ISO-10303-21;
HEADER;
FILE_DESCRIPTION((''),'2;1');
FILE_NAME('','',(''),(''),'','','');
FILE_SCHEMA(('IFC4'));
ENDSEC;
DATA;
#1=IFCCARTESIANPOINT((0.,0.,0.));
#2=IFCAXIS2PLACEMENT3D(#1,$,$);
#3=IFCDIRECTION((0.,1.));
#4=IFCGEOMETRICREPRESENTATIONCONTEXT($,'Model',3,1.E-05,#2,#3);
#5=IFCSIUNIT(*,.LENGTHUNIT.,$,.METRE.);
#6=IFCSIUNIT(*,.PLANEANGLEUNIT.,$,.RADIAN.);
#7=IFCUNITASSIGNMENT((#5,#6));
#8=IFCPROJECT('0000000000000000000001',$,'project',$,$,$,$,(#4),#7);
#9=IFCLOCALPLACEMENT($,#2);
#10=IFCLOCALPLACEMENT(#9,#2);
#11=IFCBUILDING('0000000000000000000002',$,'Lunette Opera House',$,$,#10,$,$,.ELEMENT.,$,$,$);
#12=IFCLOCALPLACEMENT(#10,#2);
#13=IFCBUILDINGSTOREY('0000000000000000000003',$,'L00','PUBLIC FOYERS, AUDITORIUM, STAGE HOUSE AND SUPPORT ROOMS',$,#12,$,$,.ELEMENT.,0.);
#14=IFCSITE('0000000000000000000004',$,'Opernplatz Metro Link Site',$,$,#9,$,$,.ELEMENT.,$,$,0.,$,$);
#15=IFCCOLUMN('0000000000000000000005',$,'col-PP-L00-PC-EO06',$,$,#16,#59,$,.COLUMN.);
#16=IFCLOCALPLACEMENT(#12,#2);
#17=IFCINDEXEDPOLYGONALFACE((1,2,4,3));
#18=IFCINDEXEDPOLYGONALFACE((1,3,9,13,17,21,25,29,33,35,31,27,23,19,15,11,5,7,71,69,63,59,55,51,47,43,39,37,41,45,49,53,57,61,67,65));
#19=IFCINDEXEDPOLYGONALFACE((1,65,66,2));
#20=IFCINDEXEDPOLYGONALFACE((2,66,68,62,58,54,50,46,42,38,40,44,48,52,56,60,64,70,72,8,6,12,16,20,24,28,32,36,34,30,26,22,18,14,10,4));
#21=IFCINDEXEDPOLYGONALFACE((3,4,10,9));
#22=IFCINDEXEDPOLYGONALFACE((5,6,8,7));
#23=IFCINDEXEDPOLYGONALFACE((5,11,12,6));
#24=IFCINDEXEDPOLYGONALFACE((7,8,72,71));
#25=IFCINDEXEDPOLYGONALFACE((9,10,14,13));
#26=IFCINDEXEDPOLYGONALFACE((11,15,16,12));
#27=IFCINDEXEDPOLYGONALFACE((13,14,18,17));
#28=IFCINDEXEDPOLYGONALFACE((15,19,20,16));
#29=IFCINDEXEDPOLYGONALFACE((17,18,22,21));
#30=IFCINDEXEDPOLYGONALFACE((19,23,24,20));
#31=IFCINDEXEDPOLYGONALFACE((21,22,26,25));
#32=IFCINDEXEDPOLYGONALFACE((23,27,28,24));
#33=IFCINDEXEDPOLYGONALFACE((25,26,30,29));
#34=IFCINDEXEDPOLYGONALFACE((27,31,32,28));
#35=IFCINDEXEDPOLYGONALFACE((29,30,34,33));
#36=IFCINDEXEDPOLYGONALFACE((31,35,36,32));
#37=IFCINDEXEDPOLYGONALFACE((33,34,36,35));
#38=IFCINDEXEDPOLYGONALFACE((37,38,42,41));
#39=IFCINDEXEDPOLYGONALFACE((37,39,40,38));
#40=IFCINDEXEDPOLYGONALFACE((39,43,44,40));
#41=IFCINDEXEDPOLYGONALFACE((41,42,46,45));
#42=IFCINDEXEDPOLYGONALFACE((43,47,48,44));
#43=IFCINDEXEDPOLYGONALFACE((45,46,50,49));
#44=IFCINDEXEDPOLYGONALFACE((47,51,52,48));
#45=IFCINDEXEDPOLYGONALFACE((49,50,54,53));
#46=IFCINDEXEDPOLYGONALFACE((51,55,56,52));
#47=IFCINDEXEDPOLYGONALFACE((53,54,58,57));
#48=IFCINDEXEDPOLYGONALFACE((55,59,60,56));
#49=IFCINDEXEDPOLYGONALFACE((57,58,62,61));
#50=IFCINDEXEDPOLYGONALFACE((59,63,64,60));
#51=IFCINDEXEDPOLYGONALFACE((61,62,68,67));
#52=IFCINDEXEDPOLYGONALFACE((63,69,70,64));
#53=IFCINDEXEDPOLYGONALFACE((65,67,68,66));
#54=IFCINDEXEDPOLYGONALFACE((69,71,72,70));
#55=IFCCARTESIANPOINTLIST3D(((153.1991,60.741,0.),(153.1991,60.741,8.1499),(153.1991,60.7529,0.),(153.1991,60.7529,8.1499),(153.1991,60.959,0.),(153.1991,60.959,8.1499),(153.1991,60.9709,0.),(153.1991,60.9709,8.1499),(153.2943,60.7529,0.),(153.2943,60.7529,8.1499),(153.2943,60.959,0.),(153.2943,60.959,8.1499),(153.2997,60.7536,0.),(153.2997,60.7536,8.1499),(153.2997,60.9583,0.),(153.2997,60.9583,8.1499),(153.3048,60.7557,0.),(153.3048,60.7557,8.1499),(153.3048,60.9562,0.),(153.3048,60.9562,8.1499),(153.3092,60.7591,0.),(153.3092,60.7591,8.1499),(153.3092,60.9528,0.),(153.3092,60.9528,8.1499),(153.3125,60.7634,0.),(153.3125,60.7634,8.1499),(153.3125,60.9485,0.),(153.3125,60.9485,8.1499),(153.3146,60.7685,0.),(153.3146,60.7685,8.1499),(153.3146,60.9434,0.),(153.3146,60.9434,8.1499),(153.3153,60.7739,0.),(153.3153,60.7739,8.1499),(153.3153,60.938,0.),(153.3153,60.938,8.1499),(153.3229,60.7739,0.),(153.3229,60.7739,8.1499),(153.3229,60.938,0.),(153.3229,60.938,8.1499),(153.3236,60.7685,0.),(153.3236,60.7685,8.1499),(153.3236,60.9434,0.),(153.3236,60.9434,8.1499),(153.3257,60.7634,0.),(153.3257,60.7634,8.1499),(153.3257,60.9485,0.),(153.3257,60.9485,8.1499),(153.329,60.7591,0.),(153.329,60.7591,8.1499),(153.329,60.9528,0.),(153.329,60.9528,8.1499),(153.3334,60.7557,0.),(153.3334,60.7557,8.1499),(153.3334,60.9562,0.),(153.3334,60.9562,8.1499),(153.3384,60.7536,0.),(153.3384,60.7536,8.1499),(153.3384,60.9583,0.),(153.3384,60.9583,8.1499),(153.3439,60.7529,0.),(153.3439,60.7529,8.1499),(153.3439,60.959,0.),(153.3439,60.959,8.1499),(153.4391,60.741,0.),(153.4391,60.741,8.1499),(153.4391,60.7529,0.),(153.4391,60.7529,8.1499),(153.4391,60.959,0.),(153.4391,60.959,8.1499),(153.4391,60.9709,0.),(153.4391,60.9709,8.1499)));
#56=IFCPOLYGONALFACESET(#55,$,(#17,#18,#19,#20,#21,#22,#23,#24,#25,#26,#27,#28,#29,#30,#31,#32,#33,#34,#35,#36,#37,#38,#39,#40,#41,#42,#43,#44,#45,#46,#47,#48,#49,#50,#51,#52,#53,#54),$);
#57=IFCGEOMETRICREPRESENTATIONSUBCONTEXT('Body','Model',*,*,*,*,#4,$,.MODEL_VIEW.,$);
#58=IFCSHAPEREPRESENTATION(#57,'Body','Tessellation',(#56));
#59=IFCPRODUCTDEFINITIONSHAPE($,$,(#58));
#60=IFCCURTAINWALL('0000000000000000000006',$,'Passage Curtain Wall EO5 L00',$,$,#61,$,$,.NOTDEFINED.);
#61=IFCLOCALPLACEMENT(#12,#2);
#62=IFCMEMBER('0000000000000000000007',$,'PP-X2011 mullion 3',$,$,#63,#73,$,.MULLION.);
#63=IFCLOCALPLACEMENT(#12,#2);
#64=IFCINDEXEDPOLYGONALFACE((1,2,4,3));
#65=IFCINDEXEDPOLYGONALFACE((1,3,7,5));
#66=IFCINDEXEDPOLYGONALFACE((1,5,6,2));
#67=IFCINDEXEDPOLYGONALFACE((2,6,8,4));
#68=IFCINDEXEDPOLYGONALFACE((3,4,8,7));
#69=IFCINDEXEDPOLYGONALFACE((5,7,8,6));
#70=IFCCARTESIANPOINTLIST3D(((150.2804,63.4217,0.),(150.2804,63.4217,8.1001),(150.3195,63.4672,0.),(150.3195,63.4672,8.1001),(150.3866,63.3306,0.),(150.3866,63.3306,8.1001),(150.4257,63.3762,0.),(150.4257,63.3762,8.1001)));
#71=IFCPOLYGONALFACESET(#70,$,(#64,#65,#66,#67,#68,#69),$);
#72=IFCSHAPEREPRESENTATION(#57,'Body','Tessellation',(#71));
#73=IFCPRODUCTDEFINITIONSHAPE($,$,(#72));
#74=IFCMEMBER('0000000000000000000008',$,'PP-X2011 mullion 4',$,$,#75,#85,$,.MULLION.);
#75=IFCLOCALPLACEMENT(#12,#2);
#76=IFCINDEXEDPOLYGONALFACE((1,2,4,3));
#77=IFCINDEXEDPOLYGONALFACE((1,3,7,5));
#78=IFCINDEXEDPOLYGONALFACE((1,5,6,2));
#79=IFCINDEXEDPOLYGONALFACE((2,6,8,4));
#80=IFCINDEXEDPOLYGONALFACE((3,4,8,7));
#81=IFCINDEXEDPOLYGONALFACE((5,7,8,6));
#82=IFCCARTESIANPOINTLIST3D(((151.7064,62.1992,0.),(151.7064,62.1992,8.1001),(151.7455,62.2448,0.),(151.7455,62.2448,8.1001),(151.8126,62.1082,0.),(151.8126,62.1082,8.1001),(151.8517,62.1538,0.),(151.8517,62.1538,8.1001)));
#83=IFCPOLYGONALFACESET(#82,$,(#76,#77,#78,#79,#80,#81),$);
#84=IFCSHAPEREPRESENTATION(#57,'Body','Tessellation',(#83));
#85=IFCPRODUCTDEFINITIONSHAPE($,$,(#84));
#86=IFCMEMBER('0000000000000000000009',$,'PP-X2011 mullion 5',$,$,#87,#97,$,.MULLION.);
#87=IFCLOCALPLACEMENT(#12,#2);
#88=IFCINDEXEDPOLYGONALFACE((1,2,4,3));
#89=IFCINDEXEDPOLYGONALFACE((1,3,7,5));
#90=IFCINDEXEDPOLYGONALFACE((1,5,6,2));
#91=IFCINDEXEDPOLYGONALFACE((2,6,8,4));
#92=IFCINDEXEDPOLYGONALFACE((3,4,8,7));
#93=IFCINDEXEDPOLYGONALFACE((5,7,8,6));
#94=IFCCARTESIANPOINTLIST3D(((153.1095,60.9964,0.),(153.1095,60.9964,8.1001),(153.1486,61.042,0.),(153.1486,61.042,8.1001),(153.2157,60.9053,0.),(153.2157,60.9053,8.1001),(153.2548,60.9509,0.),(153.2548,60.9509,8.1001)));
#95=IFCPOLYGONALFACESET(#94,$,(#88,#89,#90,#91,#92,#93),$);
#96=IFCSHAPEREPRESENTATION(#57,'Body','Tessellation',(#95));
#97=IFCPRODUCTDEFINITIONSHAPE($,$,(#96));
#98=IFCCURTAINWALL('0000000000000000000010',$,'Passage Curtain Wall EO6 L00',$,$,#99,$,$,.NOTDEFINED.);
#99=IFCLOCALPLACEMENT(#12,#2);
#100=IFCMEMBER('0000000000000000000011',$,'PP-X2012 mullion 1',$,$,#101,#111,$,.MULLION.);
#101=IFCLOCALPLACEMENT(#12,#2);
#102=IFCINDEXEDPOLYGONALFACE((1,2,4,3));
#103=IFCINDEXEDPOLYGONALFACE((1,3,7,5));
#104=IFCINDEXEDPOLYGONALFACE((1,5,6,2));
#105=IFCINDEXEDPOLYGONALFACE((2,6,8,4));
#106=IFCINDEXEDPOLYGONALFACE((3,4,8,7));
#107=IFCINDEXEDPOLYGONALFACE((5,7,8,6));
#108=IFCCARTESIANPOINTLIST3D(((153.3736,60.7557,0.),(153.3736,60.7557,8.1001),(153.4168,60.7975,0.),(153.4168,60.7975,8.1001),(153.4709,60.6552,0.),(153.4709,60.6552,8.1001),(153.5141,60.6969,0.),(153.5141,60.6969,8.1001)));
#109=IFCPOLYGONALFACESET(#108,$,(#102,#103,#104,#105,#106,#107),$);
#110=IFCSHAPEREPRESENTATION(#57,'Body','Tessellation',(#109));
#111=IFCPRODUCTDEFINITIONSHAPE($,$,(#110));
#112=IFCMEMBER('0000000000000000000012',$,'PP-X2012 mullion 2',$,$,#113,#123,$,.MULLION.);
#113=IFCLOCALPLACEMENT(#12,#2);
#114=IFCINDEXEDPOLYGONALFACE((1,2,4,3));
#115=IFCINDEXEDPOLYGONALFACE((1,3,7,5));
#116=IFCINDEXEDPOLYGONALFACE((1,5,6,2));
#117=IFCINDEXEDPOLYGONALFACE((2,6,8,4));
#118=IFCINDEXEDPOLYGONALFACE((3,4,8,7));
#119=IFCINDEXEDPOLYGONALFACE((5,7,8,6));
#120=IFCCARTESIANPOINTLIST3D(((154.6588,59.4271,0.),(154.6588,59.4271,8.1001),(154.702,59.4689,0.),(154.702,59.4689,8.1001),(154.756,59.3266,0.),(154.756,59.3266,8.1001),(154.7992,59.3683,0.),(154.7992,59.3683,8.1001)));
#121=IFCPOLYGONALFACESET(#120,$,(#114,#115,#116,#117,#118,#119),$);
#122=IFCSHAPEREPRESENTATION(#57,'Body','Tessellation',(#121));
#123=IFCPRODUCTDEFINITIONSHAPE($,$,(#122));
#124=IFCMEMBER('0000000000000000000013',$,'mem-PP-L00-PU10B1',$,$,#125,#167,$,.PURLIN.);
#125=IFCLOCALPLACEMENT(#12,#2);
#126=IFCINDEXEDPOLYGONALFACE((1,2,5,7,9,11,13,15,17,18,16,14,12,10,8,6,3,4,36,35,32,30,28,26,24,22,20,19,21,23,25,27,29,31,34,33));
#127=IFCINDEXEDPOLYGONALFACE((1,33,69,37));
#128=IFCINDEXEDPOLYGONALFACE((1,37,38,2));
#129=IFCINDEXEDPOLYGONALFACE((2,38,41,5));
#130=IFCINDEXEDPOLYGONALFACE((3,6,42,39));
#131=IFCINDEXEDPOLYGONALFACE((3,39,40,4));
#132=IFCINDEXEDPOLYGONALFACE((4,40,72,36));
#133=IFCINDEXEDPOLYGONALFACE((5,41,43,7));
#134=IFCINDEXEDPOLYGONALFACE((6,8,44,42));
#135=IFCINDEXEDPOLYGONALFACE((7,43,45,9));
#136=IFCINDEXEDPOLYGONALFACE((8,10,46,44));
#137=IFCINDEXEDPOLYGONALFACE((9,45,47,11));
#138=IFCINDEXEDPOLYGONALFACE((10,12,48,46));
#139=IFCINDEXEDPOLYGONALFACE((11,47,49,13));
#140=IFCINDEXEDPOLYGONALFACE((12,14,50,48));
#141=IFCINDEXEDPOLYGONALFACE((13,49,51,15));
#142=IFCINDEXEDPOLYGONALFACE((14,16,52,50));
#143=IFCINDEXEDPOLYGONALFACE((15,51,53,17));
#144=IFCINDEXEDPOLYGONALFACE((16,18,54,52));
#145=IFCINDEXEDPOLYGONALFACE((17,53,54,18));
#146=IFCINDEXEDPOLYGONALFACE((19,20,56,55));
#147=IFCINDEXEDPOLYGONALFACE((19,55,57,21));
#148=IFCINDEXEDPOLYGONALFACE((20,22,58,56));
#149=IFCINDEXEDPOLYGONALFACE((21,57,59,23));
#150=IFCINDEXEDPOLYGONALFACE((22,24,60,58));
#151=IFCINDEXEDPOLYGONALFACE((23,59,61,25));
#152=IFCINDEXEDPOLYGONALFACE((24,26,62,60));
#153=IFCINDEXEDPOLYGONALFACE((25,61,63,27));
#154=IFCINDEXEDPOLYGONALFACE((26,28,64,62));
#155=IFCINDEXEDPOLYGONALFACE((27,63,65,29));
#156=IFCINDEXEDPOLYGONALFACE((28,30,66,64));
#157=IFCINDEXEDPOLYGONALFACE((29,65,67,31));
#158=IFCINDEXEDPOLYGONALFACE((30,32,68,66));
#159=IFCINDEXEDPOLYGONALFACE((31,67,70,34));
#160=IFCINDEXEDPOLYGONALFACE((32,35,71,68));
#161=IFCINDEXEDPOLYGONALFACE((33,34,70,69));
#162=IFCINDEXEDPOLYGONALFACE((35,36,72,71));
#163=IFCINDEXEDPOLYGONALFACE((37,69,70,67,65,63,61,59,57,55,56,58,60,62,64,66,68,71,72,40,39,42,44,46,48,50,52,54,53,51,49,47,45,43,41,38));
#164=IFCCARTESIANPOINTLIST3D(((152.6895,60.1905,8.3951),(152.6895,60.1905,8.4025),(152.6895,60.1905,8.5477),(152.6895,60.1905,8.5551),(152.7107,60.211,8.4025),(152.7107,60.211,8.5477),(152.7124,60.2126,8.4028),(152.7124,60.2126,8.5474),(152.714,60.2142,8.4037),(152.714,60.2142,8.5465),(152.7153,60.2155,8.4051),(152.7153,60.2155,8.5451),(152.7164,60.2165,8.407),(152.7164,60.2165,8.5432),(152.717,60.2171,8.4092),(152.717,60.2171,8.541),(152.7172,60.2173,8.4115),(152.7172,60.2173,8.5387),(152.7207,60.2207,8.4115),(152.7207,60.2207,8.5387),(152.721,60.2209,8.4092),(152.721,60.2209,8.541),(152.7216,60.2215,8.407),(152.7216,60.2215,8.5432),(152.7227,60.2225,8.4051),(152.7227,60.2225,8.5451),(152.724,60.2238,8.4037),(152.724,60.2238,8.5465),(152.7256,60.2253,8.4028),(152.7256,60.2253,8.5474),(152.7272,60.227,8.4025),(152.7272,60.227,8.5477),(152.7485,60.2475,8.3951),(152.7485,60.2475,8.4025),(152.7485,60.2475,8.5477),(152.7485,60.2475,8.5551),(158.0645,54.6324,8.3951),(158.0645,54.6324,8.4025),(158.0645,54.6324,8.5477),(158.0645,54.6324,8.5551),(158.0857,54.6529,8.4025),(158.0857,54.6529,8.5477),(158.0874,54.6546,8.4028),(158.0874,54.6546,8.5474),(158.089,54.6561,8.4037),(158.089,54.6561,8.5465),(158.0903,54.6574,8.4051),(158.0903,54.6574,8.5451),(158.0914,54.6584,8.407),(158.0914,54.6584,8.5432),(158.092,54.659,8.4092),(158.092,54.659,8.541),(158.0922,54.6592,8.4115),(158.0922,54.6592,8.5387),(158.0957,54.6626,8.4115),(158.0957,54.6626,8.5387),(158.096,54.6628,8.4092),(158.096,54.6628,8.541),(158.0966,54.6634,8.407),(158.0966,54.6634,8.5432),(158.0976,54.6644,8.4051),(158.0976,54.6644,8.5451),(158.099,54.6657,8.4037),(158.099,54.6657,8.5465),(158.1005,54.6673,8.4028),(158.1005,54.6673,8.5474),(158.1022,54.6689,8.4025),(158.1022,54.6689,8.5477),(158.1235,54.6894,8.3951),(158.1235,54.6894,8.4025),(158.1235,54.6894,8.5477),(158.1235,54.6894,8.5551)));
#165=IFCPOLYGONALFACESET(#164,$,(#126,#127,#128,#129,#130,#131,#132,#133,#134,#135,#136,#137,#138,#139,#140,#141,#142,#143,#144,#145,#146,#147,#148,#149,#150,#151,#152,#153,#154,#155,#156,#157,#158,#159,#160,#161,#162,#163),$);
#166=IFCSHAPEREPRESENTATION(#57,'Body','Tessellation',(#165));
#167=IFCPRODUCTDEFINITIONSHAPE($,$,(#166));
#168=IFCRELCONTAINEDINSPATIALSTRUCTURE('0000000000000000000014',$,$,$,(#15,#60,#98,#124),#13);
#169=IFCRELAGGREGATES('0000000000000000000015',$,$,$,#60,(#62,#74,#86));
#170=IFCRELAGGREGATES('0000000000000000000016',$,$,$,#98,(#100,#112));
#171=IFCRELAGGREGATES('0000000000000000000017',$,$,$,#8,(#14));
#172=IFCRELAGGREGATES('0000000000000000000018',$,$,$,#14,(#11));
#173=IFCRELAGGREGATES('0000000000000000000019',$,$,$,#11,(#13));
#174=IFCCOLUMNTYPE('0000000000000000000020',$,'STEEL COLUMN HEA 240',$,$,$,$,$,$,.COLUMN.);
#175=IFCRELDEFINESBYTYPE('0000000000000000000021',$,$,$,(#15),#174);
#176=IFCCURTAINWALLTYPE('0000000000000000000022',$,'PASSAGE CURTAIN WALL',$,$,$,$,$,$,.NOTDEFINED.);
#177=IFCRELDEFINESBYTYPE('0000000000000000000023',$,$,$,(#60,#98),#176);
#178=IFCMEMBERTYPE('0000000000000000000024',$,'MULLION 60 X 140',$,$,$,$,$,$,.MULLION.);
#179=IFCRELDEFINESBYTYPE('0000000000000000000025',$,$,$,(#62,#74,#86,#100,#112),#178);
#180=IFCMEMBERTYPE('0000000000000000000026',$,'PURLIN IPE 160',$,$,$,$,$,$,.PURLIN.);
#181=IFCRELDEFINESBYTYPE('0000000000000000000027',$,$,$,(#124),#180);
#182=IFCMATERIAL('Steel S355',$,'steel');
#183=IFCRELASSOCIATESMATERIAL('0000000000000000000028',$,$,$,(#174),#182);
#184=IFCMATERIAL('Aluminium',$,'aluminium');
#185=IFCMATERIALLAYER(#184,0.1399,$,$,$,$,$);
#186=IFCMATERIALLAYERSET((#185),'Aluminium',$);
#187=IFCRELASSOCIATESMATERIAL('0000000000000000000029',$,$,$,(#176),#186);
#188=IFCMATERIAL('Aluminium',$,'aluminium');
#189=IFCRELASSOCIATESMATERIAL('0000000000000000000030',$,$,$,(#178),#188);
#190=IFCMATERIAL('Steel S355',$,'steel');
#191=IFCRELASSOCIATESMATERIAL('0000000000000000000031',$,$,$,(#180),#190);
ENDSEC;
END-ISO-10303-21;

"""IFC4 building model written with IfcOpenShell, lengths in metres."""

from ifc_helpers import new_model, si_unit, direction, frame, origin, origin_2d, place, context, subcontext, project, spatial, rectangle, i_section, extrude, material, layer, layer_set, material_profile, profile_set, type_object, element, aggregate, save


model = new_model("IFC4")

# Units and contexts
model_context = context("Model", 3, precision=1e-05, world=origin(), true_north=direction((0.0, 1.0)))
body_context = subcontext(model_context, "Body", "Model", "MODEL_VIEW")
ifc_project = project(units=[si_unit("LENGTHUNIT", "METRE"), si_unit("PLANEANGLEUNIT", "RADIAN")], contexts=[model_context])

# Site, building, storey
site_placement = place(None, origin())
site = spatial("IfcSite", under=ifc_project, at=site_placement, Name="Opernplatz Metro Link Site", CompositionType="ELEMENT", RefElevation=0.0)
building_placement = place(site_placement, origin())
building = spatial("IfcBuilding", under=site, at=building_placement, Name="Lunette Opera House", CompositionType="ELEMENT")
storey_placement = place(building_placement, origin())
storey = spatial("IfcBuildingStorey", under=building, at=storey_placement, Name="L00", Description="PUBLIC FOYERS, AUDITORIUM, STAGE HOUSE AND SUPPORT ROOMS", CompositionType="ELEMENT", Elevation=0.0)

# Column
ifc_material_1 = material(Name="Steel S355", Category="steel")
ifc_material_profile_1 = material_profile(ifc_material_1, i_section(OverallWidth=0.24, OverallDepth=0.23, WebThickness=0.0076, FlangeThickness=0.012, FilletRadius=0.021, at=origin_2d()), Name="HEA 240")
ifc_profile_set_1 = profile_set([ifc_material_profile_1], Name="Steel S355")
column_type = type_object("IfcColumnType", Name="STEEL COLUMN HEA 240", PredefinedType="COLUMN", material=ifc_profile_set_1)
column_placement = place(storey_placement, frame((153.3191, 60.856, 0.0), z_axis=(0.0, 0.0, 1.0), x_axis=(1.0, 0.0, 0.0)))
element("IfcColumn", 1, at=column_placement, inside=storey, type_object=column_type, Name="col-PP-L00-PC-EO06", PredefinedType="COLUMN", context=body_context, shape_type="SweptSolid", body=[
    extrude(i_section(OverallWidth=0.24, OverallDepth=0.23, WebThickness=0.0076, FlangeThickness=0.012, FilletRadius=0.021, at=origin_2d()), origin(), (0.0, 0.0, 1.0), 8.1499),
])

# Curtain walls, members
ifc_material_2 = material(Name="Aluminium", Category="aluminium")
ifc_layer_1 = layer(ifc_material_2, 0.1399)
ifc_layer_set_1 = layer_set([ifc_layer_1], Name="Aluminium")
curtain_wall_type = type_object("IfcCurtainWallType", Name="PASSAGE CURTAIN WALL", PredefinedType="NOTDEFINED", material=ifc_layer_set_1)
curtain_wall_1_placement = place(storey_placement, origin())
curtain_wall_1 = element("IfcCurtainWall", 2, at=curtain_wall_1_placement, inside=storey, type_object=curtain_wall_type, Name="Passage Curtain Wall EO5 L00", PredefinedType="NOTDEFINED")
ifc_material_3 = material(Name="Aluminium", Category="aluminium")
ifc_material_profile_2 = material_profile(ifc_material_3, rectangle(XDim=0.0601, YDim=0.1399, at=origin_2d()), Name="MULLION 60 X 140")
ifc_profile_set_2 = profile_set([ifc_material_profile_2], Name="Aluminium")
member_type_1 = type_object("IfcMemberType", Name="MULLION 60 X 140", PredefinedType="MULLION", material=ifc_profile_set_2)
member_1_placement = place(storey_placement, frame((150.353, 63.3989, 0.0), z_axis=(0.0, 0.0, 1.0), x_axis=(0.650857, 0.7592, 0.0)))
member_1 = element("IfcMember", 3, at=member_1_placement, type_object=member_type_1, Name="PP-X2011 mullion 3", PredefinedType="MULLION", context=body_context, shape_type="SweptSolid", body=[
    extrude(rectangle(XDim=0.0601, YDim=0.1399, at=origin_2d()), origin(), (0.0, 0.0, 1.0), 8.1001),
])
member_2_placement = place(storey_placement, frame((151.7791, 62.1765, 0.0), z_axis=(0.0, 0.0, 1.0), x_axis=(0.650857, 0.7592, 0.0)))
member_2 = element("IfcMember", 4, at=member_2_placement, type_object=member_type_1, Name="PP-X2011 mullion 4", PredefinedType="MULLION", context=body_context, shape_type="SweptSolid", body=[
    extrude(rectangle(XDim=0.0601, YDim=0.1399, at=origin_2d()), origin(), (0.0, 0.0, 1.0), 8.1001),
])
member_3_placement = place(storey_placement, frame((153.1821, 60.9736, 0.0), z_axis=(0.0, 0.0, 1.0), x_axis=(0.650857, 0.7592, 0.0)))
member_3 = element("IfcMember", 5, at=member_3_placement, type_object=member_type_1, Name="PP-X2011 mullion 5", PredefinedType="MULLION", context=body_context, shape_type="SweptSolid", body=[
    extrude(rectangle(XDim=0.0601, YDim=0.1399, at=origin_2d()), origin(), (0.0, 0.0, 1.0), 8.1001),
])
curtain_wall_2_placement = place(storey_placement, origin())
curtain_wall_2 = element("IfcCurtainWall", 6, at=curtain_wall_2_placement, inside=storey, type_object=curtain_wall_type, Name="Passage Curtain Wall EO6 L00", PredefinedType="NOTDEFINED")
member_4_placement = place(storey_placement, frame((153.4438, 60.7263, 0.0), z_axis=(0.0, 0.0, 1.0), x_axis=(0.718787, 0.695231, 0.0)))
member_4 = element("IfcMember", 7, at=member_4_placement, type_object=member_type_1, Name="PP-X2012 mullion 1", PredefinedType="MULLION", context=body_context, shape_type="SweptSolid", body=[
    extrude(rectangle(XDim=0.0601, YDim=0.1399, at=origin_2d()), origin(), (0.0, 0.0, 1.0), 8.1001),
])
member_5_placement = place(storey_placement, frame((154.729, 59.3977, 0.0), z_axis=(0.0, 0.0, 1.0), x_axis=(0.718787, 0.695231, 0.0)))
member_5 = element("IfcMember", 8, at=member_5_placement, type_object=member_type_1, Name="PP-X2012 mullion 2", PredefinedType="MULLION", context=body_context, shape_type="SweptSolid", body=[
    extrude(rectangle(XDim=0.0601, YDim=0.1399, at=origin_2d()), origin(), (0.0, 0.0, 1.0), 8.1001),
])

# Member
ifc_material_4 = material(Name="Steel S355", Category="steel")
ifc_material_profile_3 = material_profile(ifc_material_4, i_section(OverallWidth=0.082, OverallDepth=0.1599, WebThickness=0.0049, FlangeThickness=0.0073, FilletRadius=0.009, at=origin_2d()), Name="IPE 160")
ifc_profile_set_3 = profile_set([ifc_material_profile_3], Name="Steel S355")
member_type_2 = type_object("IfcMemberType", Name="PURLIN IPE 160", PredefinedType="PURLIN", material=ifc_profile_set_3)
member_6_placement = place(storey_placement, frame((152.719, 60.219, 8.4751), z_axis=(0.695167, -0.718848, 0.0), x_axis=(0.718848, 0.695167, 0.0)))
element("IfcMember", 9, at=member_6_placement, inside=storey, type_object=member_type_2, Name="mem-PP-L00-PU10B1", PredefinedType="PURLIN", context=body_context, shape_type="SweptSolid", body=[
    extrude(i_section(OverallWidth=0.082, OverallDepth=0.1599, WebThickness=0.0049, FlangeThickness=0.0073, FilletRadius=0.009, at=origin_2d()), origin(), (0.0, 0.0, 1.0), 7.7319),
])

aggregate(curtain_wall_1, [member_1, member_2, member_3])
aggregate(curtain_wall_2, [member_4, member_5])

save(model, "model.ifc")
